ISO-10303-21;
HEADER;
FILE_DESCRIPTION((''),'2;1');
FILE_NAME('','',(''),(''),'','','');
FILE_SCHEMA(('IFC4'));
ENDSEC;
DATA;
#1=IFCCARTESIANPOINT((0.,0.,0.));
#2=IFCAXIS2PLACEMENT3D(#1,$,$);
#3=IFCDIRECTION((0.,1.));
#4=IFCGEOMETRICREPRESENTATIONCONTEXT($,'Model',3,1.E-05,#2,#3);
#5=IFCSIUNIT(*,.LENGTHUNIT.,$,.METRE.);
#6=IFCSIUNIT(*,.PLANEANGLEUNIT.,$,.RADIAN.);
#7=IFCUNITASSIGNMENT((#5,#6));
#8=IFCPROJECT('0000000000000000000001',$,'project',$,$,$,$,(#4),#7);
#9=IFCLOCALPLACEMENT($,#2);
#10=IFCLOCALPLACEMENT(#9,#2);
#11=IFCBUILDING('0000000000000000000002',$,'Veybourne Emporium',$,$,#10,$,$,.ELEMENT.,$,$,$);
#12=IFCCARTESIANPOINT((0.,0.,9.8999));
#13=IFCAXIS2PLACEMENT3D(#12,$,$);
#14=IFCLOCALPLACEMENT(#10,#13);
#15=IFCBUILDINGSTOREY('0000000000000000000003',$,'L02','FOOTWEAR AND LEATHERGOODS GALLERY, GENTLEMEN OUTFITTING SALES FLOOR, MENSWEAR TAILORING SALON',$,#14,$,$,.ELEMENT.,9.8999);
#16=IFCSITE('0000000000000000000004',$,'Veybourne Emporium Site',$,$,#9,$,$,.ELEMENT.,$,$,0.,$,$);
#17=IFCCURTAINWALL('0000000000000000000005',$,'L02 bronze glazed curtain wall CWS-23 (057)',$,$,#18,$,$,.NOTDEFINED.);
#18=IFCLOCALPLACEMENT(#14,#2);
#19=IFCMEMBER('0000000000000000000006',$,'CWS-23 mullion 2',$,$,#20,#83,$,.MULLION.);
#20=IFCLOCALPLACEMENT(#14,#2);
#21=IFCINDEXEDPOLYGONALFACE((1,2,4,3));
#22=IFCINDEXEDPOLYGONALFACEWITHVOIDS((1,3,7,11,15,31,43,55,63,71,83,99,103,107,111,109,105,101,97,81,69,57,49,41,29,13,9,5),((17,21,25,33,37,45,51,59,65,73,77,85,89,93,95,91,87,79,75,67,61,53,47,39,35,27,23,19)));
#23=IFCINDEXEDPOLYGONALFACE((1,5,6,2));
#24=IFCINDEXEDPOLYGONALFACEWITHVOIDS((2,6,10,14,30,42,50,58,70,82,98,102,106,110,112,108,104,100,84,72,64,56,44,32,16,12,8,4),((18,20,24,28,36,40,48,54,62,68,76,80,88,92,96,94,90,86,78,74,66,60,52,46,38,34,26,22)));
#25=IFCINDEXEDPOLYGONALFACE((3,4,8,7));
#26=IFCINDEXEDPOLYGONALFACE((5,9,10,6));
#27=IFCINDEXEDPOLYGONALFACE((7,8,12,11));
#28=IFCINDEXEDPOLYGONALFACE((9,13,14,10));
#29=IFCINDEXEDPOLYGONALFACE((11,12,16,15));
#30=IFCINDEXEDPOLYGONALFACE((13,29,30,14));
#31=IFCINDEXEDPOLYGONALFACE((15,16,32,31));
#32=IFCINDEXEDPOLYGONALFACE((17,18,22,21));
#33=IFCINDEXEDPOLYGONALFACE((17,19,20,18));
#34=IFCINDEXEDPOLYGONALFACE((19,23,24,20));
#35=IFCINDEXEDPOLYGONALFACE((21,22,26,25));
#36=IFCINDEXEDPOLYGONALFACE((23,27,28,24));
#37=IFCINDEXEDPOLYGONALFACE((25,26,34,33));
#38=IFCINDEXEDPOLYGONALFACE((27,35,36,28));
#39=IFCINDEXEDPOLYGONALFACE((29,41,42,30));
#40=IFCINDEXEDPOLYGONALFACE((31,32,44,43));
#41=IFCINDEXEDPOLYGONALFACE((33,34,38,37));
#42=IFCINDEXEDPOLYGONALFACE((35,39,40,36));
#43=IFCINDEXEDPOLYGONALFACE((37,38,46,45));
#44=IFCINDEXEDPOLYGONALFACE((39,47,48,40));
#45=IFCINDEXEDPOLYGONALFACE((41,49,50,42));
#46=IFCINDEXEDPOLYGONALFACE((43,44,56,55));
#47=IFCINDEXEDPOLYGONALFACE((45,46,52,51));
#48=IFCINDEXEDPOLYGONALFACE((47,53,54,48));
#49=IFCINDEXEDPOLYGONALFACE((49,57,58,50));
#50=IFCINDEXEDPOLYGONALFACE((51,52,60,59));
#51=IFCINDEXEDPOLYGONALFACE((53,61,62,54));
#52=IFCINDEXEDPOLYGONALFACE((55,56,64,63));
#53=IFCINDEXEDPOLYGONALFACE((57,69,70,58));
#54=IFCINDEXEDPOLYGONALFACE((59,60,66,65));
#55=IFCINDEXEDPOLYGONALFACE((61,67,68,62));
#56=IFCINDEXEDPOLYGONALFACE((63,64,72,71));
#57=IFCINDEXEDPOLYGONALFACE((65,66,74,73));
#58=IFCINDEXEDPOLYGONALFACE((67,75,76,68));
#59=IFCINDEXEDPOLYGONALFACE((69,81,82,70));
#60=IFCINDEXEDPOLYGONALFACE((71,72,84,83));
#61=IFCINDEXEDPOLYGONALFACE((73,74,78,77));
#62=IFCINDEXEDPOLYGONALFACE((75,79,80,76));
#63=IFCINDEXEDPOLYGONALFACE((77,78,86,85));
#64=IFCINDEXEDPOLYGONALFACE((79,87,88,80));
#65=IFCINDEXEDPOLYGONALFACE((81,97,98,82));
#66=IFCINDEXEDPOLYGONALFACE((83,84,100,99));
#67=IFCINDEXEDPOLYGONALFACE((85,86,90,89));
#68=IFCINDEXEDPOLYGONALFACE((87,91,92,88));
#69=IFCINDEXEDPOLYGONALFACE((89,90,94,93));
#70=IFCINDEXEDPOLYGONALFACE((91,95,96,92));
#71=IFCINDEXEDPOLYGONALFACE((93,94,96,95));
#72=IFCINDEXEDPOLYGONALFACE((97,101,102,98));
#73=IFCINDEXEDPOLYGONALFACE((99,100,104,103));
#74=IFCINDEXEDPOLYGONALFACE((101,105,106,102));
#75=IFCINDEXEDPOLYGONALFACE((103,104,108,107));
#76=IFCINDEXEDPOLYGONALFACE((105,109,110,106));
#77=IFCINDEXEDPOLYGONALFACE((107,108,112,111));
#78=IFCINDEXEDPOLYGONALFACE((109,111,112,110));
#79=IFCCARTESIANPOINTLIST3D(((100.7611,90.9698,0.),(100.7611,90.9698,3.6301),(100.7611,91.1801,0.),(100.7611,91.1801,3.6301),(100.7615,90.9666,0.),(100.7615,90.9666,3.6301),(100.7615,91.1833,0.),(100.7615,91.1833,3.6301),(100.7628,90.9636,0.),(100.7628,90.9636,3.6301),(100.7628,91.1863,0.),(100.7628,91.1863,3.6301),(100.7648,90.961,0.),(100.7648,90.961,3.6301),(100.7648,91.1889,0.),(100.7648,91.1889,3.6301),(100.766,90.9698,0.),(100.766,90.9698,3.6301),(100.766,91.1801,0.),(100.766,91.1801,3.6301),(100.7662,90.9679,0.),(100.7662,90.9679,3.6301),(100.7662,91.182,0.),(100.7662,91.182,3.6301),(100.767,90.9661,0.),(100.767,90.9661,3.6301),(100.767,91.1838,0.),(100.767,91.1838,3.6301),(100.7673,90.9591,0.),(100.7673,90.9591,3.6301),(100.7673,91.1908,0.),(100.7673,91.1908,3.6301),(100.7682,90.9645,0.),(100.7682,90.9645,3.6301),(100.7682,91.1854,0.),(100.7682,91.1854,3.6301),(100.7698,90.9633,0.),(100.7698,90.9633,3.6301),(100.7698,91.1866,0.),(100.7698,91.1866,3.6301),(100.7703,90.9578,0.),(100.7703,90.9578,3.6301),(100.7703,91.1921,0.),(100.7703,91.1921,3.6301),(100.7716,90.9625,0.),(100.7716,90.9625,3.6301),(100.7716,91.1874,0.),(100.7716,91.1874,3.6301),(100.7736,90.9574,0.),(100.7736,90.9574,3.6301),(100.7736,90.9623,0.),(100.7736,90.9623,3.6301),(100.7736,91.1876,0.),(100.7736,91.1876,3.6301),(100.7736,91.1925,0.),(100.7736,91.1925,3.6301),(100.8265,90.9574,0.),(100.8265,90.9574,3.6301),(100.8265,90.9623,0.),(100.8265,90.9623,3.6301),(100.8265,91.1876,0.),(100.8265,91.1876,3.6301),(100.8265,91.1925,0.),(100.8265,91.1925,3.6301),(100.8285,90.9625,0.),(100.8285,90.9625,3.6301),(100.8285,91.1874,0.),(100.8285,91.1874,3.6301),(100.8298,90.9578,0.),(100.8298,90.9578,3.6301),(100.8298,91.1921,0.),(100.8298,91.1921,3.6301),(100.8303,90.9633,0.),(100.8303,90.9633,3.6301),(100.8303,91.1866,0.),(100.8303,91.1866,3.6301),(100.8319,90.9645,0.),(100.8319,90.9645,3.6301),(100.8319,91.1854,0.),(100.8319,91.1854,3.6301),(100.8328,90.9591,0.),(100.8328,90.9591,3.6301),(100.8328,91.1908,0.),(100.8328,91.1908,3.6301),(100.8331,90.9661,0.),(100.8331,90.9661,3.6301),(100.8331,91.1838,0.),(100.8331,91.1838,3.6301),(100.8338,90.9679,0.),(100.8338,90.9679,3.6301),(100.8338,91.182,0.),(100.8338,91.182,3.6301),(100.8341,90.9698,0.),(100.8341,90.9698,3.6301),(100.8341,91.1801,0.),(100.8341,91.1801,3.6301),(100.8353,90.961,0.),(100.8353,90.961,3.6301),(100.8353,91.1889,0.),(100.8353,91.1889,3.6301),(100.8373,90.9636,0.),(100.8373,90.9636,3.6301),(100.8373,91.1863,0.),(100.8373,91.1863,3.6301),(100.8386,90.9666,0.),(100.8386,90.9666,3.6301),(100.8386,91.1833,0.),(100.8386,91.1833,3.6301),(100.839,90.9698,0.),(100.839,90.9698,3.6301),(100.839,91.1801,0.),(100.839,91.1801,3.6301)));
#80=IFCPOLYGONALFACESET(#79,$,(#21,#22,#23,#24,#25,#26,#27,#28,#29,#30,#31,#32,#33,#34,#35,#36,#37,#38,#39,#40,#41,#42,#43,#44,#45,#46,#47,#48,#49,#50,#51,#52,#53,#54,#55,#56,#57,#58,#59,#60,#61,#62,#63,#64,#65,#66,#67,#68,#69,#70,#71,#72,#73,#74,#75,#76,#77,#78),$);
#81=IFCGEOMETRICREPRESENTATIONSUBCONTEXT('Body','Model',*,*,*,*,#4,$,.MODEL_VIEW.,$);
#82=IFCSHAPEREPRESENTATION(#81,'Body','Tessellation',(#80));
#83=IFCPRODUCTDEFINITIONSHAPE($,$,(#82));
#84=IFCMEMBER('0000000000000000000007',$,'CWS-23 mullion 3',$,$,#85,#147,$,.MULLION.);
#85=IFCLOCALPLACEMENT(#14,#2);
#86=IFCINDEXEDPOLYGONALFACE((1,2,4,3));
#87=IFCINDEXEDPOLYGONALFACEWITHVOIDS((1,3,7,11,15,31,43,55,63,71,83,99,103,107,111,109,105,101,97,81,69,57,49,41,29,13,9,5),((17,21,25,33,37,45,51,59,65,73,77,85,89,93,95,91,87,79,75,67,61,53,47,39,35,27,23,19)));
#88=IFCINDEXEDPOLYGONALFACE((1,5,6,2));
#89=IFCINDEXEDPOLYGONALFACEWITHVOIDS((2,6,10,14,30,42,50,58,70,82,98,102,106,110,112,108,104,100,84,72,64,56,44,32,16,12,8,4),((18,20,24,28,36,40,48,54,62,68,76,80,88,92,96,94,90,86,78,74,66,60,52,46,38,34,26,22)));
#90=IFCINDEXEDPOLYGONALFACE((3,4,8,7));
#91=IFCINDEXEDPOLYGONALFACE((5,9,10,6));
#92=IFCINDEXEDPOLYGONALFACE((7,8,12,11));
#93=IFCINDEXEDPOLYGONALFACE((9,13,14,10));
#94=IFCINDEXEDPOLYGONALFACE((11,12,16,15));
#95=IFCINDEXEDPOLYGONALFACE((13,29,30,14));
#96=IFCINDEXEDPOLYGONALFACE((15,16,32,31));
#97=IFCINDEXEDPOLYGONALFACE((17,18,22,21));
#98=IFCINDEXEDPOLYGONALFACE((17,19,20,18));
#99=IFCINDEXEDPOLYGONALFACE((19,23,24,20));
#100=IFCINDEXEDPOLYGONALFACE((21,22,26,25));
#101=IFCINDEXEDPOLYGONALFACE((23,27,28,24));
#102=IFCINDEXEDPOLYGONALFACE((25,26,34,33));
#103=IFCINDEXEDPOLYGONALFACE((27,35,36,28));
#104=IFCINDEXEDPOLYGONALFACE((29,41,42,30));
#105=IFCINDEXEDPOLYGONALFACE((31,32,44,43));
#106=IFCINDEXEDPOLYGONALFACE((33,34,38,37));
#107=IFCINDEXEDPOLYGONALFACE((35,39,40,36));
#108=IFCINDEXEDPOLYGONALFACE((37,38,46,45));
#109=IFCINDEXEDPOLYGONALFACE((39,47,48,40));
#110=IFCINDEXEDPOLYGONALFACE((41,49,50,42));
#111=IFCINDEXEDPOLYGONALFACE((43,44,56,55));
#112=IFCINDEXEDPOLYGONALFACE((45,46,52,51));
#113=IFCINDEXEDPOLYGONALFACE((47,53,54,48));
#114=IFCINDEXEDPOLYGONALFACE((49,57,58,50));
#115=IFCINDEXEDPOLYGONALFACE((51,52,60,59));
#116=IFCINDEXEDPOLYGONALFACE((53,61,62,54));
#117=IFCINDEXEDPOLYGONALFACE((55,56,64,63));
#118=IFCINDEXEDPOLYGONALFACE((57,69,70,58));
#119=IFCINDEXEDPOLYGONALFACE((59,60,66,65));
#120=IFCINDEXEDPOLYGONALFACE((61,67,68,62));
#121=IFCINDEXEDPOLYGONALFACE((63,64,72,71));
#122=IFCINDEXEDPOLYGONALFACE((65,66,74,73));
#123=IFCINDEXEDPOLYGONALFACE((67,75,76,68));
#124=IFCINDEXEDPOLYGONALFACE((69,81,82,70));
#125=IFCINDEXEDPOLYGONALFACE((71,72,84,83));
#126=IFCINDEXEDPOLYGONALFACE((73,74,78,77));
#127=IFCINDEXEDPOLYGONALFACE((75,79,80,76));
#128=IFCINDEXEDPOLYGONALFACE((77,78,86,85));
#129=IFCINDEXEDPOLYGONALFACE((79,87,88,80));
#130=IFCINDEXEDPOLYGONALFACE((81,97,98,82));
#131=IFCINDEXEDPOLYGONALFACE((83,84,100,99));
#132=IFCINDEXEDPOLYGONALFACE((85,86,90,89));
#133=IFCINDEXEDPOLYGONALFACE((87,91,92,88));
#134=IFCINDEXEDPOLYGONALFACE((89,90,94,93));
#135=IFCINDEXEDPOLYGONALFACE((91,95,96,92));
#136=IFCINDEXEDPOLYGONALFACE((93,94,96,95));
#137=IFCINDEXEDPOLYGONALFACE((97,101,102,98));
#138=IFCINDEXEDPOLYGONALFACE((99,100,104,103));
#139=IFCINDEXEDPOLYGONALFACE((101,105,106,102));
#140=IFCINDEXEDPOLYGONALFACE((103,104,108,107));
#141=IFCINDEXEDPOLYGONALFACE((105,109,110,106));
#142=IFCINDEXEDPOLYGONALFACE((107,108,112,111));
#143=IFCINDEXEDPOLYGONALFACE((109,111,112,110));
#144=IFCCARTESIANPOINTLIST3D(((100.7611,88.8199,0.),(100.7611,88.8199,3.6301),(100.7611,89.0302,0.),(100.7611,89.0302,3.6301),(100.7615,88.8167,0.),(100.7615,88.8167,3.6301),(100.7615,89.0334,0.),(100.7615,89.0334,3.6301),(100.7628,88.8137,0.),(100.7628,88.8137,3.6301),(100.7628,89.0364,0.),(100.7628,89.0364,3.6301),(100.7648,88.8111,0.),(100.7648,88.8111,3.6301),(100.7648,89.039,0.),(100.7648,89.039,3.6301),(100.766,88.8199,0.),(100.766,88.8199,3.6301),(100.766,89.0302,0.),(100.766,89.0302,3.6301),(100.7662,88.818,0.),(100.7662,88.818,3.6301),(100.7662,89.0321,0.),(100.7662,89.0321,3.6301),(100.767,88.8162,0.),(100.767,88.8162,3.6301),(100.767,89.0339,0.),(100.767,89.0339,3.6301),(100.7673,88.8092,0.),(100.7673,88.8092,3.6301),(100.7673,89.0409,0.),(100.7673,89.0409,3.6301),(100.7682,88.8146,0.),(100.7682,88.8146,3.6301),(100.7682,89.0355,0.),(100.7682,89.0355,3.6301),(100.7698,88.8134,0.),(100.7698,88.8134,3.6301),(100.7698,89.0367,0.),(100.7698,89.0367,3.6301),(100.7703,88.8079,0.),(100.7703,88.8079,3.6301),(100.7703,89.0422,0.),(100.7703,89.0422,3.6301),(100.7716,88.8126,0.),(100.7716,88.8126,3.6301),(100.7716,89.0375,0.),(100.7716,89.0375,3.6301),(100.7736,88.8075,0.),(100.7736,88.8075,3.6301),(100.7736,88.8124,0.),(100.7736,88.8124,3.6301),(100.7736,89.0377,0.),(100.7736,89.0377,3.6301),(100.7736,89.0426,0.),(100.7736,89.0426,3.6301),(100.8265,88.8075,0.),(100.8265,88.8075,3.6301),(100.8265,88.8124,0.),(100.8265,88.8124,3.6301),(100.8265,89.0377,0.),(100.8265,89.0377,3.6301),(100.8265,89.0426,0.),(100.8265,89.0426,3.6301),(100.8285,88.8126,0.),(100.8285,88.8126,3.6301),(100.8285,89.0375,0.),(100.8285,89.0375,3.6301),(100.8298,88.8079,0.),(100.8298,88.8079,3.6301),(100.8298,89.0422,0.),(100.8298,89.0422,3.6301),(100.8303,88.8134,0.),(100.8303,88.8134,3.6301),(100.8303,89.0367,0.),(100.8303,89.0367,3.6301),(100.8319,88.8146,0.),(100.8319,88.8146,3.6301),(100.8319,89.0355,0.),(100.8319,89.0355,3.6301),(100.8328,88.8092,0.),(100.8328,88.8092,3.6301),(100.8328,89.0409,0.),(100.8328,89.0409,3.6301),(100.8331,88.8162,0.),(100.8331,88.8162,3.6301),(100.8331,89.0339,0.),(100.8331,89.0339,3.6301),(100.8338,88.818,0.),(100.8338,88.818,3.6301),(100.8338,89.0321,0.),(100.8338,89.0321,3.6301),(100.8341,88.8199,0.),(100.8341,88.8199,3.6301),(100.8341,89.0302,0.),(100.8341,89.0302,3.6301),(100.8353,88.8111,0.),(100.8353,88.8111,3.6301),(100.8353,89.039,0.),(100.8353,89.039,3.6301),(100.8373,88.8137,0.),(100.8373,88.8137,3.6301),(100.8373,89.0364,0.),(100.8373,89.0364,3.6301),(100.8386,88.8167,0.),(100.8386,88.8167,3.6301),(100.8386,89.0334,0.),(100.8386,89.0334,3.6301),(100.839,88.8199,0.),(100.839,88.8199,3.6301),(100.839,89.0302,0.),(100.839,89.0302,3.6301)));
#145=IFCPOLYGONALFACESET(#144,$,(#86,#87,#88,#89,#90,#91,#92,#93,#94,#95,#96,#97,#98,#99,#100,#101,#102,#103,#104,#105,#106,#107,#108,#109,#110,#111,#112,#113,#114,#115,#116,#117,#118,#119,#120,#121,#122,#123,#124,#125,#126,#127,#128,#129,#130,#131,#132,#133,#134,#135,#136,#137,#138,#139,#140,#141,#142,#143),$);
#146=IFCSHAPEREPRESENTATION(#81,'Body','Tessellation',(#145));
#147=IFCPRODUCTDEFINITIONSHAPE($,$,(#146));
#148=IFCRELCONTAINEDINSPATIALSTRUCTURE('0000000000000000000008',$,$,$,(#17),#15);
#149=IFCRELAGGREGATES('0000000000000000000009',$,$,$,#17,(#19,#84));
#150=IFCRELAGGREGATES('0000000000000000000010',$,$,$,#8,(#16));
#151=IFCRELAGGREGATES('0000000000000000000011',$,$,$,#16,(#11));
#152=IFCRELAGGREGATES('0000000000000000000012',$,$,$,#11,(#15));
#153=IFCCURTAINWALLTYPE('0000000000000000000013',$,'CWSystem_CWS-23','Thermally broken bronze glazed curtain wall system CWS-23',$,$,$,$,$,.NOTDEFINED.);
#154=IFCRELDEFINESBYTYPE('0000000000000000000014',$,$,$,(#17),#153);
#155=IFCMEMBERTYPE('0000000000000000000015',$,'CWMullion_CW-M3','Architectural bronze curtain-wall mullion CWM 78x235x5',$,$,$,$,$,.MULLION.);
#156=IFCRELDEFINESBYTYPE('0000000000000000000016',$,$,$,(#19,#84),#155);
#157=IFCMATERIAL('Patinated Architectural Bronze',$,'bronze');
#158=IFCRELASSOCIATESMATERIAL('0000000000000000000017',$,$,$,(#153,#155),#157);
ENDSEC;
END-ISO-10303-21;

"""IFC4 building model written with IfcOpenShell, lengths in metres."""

from ifc_helpers import new_model, si_unit, direction, frame, origin, origin_2d, place, context, subcontext, project, spatial, hollow_rectangle, extrude, material, material_profile, profile_set, type_object, element, aggregate, save


model = new_model("IFC4")

# Units and contexts
model_context = context("Model", 3, precision=1e-05, world=origin(), true_north=direction((0.0, 1.0)))
body_context = subcontext(model_context, "Body", "Model", "MODEL_VIEW")
ifc_project = project(units=[si_unit("LENGTHUNIT", "METRE"), si_unit("PLANEANGLEUNIT", "RADIAN")], contexts=[model_context])

# Site, building, storey
site_placement = place(None, origin())
site = spatial("IfcSite", under=ifc_project, at=site_placement, Name="Veybourne Emporium Site", CompositionType="ELEMENT", RefElevation=0.0)
building_placement = place(site_placement, origin())
building = spatial("IfcBuilding", under=site, at=building_placement, Name="Veybourne Emporium", CompositionType="ELEMENT")
storey_placement = place(building_placement, frame((0.0, 0.0, 9.8999)))
storey = spatial("IfcBuildingStorey", under=building, at=storey_placement, Name="L02", Description="FOOTWEAR AND LEATHERGOODS GALLERY, GENTLEMEN OUTFITTING SALES FLOOR, MENSWEAR TAILORING SALON", CompositionType="ELEMENT", Elevation=9.8999)

# Curtain wall, members
ifc_material_1 = material(Name="Patinated Architectural Bronze", Category="bronze")
curtain_wall_type = type_object("IfcCurtainWallType", Name="CWSystem_CWS-23", Description="Thermally broken bronze glazed curtain wall system CWS-23", PredefinedType="NOTDEFINED", material=ifc_material_1)
curtain_wall_placement = place(storey_placement, origin())
curtain_wall = element("IfcCurtainWall", 1, at=curtain_wall_placement, inside=storey, type_object=curtain_wall_type, Name="L02 bronze glazed curtain wall CWS-23 (057)", PredefinedType="NOTDEFINED")
ifc_material_profile_1 = material_profile(ifc_material_1, hollow_rectangle(XDim=0.0779, YDim=0.2351, WallThickness=0.0049, InnerFilletRadius=0.0076, OuterFilletRadius=0.0125, at=origin_2d()), Name="CWM 78x235x5")
ifc_profile_set_1 = profile_set([ifc_material_profile_1], Name="Patinated Architectural Bronze")
member_type_1 = type_object("IfcMemberType", Name="CWMullion_CW-M3", Description="Architectural bronze curtain-wall mullion CWM 78x235x5", PredefinedType="MULLION", material=ifc_profile_set_1)
member_1_placement = place(storey_placement, frame((100.8, 91.075, 0.0), z_axis=(0.0, 0.0, 1.0), x_axis=(1.0, 0.0, 0.0)))
member_1 = element("IfcMember", 2, at=member_1_placement, type_object=member_type_1, Name="CWS-23 mullion 2", PredefinedType="MULLION", context=body_context, shape_type="SweptSolid", body=[
    extrude(hollow_rectangle(XDim=0.0779, YDim=0.2351, WallThickness=0.0049, InnerFilletRadius=0.0076, OuterFilletRadius=0.0125, at=origin_2d()), origin(), (0.0, 0.0, 1.0), 3.6301),
])
member_2_placement = place(storey_placement, frame((100.8, 88.925, 0.0), z_axis=(0.0, 0.0, 1.0), x_axis=(1.0, 0.0, 0.0)))
member_2 = element("IfcMember", 3, at=member_2_placement, type_object=member_type_1, Name="CWS-23 mullion 3", PredefinedType="MULLION", context=body_context, shape_type="SweptSolid", body=[
    extrude(hollow_rectangle(XDim=0.0779, YDim=0.2351, WallThickness=0.0049, InnerFilletRadius=0.0076, OuterFilletRadius=0.0125, at=origin_2d()), origin(), (0.0, 0.0, 1.0), 3.6301),
])
aggregate(curtain_wall, [member_1, member_2])

save(model, "model.ifc")
